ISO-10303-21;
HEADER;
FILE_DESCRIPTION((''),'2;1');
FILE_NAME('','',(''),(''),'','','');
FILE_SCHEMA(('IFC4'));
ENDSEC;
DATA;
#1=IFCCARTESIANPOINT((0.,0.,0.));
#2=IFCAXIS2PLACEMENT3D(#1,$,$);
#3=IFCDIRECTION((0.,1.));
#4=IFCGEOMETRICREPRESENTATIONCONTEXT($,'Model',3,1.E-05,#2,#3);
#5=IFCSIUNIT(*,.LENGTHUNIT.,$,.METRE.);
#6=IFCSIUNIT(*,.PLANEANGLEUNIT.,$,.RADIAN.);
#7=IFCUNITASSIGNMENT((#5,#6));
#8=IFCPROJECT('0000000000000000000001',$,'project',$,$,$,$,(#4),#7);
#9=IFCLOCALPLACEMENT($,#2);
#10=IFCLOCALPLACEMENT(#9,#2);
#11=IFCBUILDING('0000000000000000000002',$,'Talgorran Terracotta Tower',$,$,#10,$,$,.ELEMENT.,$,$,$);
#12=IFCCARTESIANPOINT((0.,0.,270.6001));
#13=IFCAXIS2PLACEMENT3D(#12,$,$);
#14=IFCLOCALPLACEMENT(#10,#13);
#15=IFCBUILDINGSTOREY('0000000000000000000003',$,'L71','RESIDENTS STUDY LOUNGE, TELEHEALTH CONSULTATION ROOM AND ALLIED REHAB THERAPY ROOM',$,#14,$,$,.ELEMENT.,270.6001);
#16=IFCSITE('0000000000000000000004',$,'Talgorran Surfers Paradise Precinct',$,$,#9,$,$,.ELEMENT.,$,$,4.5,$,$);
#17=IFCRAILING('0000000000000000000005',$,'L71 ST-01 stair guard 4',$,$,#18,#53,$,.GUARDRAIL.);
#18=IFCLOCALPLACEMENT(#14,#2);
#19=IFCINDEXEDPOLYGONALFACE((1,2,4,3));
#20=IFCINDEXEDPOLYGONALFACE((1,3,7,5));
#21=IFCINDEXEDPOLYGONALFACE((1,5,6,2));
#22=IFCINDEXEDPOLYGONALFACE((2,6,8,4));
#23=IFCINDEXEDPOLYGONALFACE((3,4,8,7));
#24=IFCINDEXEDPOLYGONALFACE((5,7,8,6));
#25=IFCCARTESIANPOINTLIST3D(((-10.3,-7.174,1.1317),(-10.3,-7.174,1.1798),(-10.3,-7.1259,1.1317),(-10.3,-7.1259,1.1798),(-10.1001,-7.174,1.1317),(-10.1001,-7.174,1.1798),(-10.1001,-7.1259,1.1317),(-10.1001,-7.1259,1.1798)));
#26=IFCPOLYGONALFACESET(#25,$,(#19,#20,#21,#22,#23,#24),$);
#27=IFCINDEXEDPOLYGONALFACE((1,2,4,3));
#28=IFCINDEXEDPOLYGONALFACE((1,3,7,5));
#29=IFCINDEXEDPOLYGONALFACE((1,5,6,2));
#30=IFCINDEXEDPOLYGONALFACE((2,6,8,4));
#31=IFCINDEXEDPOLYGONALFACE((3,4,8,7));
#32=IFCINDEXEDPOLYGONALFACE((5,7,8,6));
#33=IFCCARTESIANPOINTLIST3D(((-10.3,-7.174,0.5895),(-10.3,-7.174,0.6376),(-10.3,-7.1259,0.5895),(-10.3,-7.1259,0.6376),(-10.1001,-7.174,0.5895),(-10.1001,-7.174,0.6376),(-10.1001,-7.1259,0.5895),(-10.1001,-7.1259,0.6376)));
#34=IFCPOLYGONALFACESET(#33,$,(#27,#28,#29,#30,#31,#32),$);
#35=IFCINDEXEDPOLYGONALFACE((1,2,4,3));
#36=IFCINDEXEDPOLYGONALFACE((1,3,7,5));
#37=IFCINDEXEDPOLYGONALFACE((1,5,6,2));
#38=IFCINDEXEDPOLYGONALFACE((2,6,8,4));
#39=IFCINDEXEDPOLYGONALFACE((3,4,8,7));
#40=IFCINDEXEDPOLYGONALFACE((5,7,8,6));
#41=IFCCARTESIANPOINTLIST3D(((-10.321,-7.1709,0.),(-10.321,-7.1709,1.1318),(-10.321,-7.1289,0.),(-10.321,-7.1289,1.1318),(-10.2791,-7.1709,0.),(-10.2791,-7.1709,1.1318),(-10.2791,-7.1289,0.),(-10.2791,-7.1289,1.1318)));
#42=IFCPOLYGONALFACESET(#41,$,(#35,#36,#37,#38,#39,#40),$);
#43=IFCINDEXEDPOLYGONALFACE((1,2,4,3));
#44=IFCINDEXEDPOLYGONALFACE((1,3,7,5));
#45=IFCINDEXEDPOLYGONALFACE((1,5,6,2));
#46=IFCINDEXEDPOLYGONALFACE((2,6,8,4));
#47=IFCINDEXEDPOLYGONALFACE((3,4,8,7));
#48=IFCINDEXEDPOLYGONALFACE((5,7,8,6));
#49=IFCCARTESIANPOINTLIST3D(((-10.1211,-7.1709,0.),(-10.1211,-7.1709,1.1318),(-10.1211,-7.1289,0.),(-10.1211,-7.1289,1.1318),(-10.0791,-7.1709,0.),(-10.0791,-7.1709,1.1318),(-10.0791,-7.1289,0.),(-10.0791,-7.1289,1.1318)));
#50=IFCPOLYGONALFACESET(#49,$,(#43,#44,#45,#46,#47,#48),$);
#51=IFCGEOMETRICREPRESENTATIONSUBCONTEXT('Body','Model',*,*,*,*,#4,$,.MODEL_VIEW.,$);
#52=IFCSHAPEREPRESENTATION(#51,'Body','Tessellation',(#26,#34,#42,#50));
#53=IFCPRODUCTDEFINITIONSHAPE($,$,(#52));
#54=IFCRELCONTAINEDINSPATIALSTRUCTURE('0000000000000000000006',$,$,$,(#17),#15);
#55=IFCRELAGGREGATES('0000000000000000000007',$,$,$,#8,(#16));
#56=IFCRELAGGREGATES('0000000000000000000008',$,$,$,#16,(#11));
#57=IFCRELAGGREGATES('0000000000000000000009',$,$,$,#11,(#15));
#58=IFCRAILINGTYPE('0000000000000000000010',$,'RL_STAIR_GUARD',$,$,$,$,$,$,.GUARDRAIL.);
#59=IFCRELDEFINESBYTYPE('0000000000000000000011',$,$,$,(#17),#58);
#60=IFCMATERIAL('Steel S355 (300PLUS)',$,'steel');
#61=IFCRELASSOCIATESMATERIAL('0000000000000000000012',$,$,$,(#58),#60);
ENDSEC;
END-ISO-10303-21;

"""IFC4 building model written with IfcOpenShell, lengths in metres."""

from ifc_helpers import new_model, si_unit, direction, frame, origin, origin_2d, place, context, subcontext, project, spatial, rectangle, extrude, material, type_object, element, save


model = new_model("IFC4")

# Units and contexts
model_context = context("Model", 3, precision=1e-05, world=origin(), true_north=direction((0.0, 1.0)))
body_context = subcontext(model_context, "Body", "Model", "MODEL_VIEW")
ifc_project = project(units=[si_unit("LENGTHUNIT", "METRE"), si_unit("PLANEANGLEUNIT", "RADIAN")], contexts=[model_context])

# Site, building, storey
site_placement = place(None, origin())
site = spatial("IfcSite", under=ifc_project, at=site_placement, Name="Talgorran Surfers Paradise Precinct", CompositionType="ELEMENT", RefElevation=4.5)
building_placement = place(site_placement, origin())
building = spatial("IfcBuilding", under=site, at=building_placement, Name="Talgorran Terracotta Tower", CompositionType="ELEMENT")
storey_placement = place(building_placement, frame((0.0, 0.0, 270.6001)))
storey = spatial("IfcBuildingStorey", under=building, at=storey_placement, Name="L71", Description="RESIDENTS STUDY LOUNGE, TELEHEALTH CONSULTATION ROOM AND ALLIED REHAB THERAPY ROOM", CompositionType="ELEMENT", Elevation=270.6001)

# Shared definitions
ifc_material_1 = material(Name="Steel S355 (300PLUS)", Category="steel")

# Railing
railing_type_1 = type_object("IfcRailingType", Name="RL_STAIR_GUARD", PredefinedType="GUARDRAIL", material=ifc_material_1)
railing_1_placement = place(storey_placement, frame((-10.3, -7.1499, 0.0)))
element("IfcRailing", 1, at=railing_1_placement, inside=storey, type_object=railing_type_1, Name="L71 ST-01 stair guard 4", PredefinedType="GUARDRAIL", context=body_context, shape_type="SweptSolid", body=[
    extrude(rectangle(XDim=0.0481, YDim=0.0481, at=origin_2d()), frame((0.0, 0.0, 1.1558), z_axis=(1.0, 0.0, 0.0), x_axis=(0.0, 1.0, 0.0)), (0.0, 0.0, 1.0), 0.2),
    extrude(rectangle(XDim=0.0481, YDim=0.0481, at=origin_2d()), frame((0.0, 0.0, 0.6135), z_axis=(1.0, 0.0, 0.0), x_axis=(0.0, 1.0, 0.0)), (0.0, 0.0, 1.0), 0.2),
    extrude(rectangle(XDim=0.042, YDim=0.042, at=origin_2d()), origin(), (0.0, 0.0, 1.0), 1.1318),
    extrude(rectangle(XDim=0.042, YDim=0.042, at=origin_2d()), frame((0.2, 0.0, 0.0)), (0.0, 0.0, 1.0), 1.1318),
])

save(model, "model.ifc")
